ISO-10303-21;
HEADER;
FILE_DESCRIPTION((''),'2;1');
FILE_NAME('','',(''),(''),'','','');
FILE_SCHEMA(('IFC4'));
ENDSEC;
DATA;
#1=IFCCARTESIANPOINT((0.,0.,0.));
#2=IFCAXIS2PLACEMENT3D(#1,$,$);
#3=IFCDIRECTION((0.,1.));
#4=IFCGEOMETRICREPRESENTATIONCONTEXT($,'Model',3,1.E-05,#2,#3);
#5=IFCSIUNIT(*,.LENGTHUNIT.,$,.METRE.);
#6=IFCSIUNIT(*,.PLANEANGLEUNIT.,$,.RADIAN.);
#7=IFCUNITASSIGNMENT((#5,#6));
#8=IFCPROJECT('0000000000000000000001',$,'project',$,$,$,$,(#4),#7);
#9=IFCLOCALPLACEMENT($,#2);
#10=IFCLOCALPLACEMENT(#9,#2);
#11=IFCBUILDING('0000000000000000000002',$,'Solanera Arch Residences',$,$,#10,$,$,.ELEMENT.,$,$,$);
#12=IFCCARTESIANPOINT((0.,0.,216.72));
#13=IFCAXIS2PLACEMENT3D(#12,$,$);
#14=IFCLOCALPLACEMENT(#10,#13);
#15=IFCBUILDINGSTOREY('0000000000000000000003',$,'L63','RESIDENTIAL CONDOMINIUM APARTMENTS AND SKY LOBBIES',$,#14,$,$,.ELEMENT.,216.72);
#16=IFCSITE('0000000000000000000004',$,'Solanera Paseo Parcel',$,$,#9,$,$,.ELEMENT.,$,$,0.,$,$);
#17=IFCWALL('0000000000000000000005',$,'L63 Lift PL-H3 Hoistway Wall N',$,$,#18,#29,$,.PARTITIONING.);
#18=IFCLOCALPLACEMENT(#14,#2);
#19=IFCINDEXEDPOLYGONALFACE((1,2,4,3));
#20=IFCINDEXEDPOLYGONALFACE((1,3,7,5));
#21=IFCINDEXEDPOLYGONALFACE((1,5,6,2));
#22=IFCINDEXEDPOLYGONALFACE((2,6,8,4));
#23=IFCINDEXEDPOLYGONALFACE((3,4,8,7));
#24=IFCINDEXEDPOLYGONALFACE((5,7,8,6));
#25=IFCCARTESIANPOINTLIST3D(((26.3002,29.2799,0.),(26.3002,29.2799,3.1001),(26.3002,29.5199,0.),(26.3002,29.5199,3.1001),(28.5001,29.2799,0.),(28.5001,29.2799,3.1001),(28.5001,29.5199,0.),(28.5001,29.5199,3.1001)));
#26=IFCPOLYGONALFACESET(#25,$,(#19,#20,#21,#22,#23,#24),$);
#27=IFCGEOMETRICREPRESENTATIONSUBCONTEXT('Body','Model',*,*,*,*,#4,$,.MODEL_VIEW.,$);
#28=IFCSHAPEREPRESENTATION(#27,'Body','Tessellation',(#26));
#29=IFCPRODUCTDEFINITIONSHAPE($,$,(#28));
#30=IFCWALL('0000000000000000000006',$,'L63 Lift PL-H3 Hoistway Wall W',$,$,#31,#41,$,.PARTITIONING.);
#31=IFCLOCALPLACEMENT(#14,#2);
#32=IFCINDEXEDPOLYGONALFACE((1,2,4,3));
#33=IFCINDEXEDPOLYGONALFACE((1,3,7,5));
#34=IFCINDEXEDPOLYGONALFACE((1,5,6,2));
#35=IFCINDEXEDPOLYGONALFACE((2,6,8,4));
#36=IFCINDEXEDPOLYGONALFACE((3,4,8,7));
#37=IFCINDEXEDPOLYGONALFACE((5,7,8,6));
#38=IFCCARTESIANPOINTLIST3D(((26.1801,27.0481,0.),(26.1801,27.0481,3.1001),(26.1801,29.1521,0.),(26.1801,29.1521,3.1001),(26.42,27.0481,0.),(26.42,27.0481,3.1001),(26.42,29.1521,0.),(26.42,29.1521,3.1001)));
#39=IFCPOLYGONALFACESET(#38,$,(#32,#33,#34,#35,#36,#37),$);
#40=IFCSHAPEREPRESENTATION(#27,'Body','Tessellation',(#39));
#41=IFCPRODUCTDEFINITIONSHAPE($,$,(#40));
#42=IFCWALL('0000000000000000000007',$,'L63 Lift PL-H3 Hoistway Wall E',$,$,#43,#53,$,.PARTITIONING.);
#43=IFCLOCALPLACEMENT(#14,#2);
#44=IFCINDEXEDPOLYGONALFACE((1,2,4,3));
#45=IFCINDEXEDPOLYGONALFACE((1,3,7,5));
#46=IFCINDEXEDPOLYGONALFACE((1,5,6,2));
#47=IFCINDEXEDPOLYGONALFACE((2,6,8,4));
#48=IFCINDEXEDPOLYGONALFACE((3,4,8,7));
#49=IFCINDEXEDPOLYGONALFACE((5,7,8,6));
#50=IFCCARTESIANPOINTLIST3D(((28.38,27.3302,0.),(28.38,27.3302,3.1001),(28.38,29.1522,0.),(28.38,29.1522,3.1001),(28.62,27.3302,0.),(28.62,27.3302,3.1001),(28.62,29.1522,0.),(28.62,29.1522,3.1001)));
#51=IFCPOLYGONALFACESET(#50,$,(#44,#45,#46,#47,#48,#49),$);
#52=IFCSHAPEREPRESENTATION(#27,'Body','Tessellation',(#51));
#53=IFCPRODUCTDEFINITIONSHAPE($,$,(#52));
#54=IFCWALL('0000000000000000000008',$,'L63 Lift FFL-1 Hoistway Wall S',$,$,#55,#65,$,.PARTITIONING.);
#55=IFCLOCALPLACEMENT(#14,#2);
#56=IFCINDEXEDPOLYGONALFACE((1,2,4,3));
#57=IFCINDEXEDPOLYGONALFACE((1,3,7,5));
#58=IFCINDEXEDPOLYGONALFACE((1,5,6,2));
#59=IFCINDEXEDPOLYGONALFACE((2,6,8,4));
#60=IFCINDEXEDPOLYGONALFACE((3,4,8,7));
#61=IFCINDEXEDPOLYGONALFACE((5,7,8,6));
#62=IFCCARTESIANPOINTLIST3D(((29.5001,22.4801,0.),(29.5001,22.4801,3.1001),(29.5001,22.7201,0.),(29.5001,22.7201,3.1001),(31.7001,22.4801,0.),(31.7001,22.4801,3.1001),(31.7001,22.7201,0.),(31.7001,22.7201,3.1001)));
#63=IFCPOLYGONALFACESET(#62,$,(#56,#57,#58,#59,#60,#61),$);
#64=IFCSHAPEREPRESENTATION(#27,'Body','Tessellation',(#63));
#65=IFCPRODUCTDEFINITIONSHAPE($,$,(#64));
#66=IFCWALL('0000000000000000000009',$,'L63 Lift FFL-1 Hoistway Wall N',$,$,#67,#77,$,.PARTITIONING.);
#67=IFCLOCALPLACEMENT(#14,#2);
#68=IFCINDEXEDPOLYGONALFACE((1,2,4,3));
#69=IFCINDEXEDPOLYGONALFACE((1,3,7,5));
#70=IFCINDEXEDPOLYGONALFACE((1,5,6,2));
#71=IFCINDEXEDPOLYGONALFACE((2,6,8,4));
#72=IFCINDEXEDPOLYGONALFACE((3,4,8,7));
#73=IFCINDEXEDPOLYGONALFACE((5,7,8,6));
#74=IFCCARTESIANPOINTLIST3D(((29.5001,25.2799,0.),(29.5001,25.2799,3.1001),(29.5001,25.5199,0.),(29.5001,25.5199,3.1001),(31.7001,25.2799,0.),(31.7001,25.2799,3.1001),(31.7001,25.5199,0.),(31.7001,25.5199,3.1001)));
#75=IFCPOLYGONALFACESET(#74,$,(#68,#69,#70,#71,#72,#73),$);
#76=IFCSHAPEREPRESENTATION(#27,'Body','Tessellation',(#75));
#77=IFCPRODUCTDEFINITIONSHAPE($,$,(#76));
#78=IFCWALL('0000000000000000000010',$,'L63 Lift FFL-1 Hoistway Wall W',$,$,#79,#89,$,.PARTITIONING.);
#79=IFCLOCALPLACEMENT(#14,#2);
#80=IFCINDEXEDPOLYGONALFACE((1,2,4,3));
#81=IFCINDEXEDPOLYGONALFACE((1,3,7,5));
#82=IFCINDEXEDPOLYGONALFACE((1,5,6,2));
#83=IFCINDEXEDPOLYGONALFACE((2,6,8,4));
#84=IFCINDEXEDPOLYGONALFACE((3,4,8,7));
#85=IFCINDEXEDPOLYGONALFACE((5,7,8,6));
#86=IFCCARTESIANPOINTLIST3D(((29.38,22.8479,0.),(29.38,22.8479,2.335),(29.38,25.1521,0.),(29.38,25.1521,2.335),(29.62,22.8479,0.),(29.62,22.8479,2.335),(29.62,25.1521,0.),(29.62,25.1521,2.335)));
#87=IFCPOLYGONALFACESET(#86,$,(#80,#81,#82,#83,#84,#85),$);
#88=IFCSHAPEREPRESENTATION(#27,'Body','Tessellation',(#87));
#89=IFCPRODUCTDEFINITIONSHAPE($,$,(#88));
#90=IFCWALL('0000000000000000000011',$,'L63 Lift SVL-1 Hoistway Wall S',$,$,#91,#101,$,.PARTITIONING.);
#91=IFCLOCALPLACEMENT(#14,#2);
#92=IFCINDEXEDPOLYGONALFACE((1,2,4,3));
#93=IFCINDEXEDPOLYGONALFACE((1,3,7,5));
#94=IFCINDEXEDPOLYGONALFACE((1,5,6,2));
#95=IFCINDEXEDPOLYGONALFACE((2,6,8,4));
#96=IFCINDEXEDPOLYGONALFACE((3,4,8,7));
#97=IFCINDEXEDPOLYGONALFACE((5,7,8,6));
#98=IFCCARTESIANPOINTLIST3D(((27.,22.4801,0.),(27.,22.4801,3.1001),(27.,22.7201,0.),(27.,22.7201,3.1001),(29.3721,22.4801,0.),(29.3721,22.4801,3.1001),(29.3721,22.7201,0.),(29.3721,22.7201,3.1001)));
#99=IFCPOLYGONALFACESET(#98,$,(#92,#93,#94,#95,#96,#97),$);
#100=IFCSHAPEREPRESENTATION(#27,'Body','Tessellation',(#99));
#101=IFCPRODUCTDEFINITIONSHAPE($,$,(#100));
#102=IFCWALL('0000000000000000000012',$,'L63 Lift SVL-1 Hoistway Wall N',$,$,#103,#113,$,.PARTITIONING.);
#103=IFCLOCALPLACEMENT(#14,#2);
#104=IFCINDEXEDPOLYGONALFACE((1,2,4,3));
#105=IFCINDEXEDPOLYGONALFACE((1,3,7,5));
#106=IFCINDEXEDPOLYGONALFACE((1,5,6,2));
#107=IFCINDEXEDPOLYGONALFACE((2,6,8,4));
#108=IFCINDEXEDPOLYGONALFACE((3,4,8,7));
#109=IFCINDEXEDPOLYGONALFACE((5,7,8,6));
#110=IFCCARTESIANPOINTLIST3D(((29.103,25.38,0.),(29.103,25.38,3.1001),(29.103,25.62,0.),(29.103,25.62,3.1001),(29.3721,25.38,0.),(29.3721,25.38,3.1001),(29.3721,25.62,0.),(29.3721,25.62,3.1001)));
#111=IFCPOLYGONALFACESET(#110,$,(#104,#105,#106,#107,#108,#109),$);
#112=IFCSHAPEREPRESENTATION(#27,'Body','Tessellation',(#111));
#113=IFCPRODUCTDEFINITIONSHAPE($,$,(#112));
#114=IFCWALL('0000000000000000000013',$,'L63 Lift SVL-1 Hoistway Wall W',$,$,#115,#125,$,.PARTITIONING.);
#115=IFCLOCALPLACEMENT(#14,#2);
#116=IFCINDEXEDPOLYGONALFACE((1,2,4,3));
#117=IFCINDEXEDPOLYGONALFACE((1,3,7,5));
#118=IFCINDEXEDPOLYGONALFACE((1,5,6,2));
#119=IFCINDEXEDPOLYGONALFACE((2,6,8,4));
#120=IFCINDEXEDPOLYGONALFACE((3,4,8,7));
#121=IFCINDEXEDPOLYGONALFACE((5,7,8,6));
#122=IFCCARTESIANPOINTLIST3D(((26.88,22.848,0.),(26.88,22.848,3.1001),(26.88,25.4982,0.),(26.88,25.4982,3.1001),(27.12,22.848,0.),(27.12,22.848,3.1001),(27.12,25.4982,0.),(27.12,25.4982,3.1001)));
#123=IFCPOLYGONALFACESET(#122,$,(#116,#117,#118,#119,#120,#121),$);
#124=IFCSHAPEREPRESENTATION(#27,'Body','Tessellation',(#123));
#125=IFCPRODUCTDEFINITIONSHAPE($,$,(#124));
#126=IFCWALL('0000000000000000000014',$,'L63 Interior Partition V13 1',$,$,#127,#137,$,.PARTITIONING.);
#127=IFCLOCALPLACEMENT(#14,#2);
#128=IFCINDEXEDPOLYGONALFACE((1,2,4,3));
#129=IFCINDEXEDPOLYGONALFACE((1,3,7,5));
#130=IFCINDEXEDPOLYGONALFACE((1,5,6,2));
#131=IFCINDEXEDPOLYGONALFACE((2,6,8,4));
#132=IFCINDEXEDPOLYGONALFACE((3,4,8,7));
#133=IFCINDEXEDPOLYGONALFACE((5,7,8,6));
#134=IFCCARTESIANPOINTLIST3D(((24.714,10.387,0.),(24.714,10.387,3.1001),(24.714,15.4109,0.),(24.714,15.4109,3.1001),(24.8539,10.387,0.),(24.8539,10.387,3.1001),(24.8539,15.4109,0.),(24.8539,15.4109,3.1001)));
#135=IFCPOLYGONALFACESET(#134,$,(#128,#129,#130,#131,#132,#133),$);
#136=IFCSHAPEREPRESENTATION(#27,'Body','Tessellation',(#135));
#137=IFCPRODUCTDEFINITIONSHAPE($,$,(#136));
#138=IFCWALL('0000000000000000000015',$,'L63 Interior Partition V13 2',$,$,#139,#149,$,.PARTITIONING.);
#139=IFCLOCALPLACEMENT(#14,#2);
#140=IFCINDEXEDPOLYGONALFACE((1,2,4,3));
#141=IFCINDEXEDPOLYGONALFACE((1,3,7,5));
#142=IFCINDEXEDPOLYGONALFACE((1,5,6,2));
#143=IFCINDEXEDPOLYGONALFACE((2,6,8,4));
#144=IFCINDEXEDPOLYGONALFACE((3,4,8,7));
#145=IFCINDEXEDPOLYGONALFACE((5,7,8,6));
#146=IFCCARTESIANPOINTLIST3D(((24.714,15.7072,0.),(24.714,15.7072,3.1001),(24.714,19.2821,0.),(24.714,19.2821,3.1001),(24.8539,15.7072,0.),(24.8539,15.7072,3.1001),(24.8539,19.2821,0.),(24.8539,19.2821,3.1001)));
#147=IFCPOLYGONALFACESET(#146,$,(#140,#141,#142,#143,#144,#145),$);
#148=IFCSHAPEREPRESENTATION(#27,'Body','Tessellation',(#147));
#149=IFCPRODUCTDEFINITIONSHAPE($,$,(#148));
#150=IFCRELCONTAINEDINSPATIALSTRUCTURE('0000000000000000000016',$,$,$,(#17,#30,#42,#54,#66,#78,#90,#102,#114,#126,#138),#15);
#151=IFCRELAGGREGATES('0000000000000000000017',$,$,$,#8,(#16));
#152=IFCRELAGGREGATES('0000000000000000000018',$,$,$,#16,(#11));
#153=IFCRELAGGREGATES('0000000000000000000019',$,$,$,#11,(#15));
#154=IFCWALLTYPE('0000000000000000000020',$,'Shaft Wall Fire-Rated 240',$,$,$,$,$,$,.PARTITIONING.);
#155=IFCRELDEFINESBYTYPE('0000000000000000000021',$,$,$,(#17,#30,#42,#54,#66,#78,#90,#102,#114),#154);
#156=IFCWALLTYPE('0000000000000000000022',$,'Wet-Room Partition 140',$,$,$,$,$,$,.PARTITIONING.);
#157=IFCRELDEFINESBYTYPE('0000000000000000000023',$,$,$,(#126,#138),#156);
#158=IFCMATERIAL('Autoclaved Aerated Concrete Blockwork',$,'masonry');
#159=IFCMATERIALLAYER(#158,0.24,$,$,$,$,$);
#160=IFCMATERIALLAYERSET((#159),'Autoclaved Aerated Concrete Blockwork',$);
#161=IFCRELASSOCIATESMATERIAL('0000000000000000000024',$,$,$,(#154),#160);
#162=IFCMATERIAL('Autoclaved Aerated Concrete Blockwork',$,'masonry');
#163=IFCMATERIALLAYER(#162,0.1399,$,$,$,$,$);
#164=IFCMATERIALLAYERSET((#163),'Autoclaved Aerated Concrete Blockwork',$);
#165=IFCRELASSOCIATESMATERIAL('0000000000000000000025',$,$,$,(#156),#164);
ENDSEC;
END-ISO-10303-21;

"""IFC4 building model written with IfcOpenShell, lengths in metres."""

from ifc_helpers import new_model, si_unit, direction, frame, frame_2d, origin, place, context, subcontext, project, spatial, rectangle, extrude, material, layer, layer_set, type_object, element, save


model = new_model("IFC4")

# Units and contexts
model_context = context("Model", 3, precision=1e-05, world=origin(), true_north=direction((0.0, 1.0)))
body_context = subcontext(model_context, "Body", "Model", "MODEL_VIEW")
ifc_project = project(units=[si_unit("LENGTHUNIT", "METRE"), si_unit("PLANEANGLEUNIT", "RADIAN")], contexts=[model_context])

# Site, building, storey
site_placement = place(None, origin())
site = spatial("IfcSite", under=ifc_project, at=site_placement, Name="Solanera Paseo Parcel", CompositionType="ELEMENT", RefElevation=0.0)
building_placement = place(site_placement, origin())
building = spatial("IfcBuilding", under=site, at=building_placement, Name="Solanera Arch Residences", CompositionType="ELEMENT")
storey_placement = place(building_placement, frame((0.0, 0.0, 216.72)))
storey = spatial("IfcBuildingStorey", under=building, at=storey_placement, Name="L63", Description="RESIDENTIAL CONDOMINIUM APARTMENTS AND SKY LOBBIES", CompositionType="ELEMENT", Elevation=216.72)

# Walls
ifc_material_1 = material(Name="Autoclaved Aerated Concrete Blockwork", Category="masonry")
ifc_layer_1 = layer(ifc_material_1, 0.24)
ifc_layer_set_1 = layer_set([ifc_layer_1], Name="Autoclaved Aerated Concrete Blockwork")
wall_type_1 = type_object("IfcWallType", Name="Shaft Wall Fire-Rated 240", PredefinedType="PARTITIONING", material=ifc_layer_set_1)
wall_1_placement = place(storey_placement, frame((26.3, 29.3999, 0.0), z_axis=(0.0, 0.0, 1.0), x_axis=(1.0, 0.0, 0.0)))
element("IfcWall", 1, at=wall_1_placement, inside=storey, type_object=wall_type_1, Name="L63 Lift PL-H3 Hoistway Wall N", PredefinedType="PARTITIONING", context=body_context, shape_type="SweptSolid", body=[
    extrude(rectangle(XDim=2.2, YDim=0.24, at=frame_2d((1.1001, 0.0))), origin(), (0.0, 0.0, 1.0), 3.1001),
])
wall_2_placement = place(storey_placement, frame((26.3, 27.0481, 0.0), z_axis=(0.0, 0.0, 1.0), x_axis=(0.0, 1.0, 0.0)))
element("IfcWall", 2, at=wall_2_placement, inside=storey, type_object=wall_type_1, Name="L63 Lift PL-H3 Hoistway Wall W", PredefinedType="PARTITIONING", context=body_context, shape_type="SweptSolid", body=[
    extrude(rectangle(XDim=2.104, YDim=0.24, at=frame_2d((1.052, 0.0))), origin(), (0.0, 0.0, 1.0), 3.1001),
])
wall_3_placement = place(storey_placement, frame((28.5, 27.3301, 0.0), z_axis=(0.0, 0.0, 1.0), x_axis=(0.0, 1.0, 0.0)))
element("IfcWall", 3, at=wall_3_placement, inside=storey, type_object=wall_type_1, Name="L63 Lift PL-H3 Hoistway Wall E", PredefinedType="PARTITIONING", context=body_context, shape_type="SweptSolid", body=[
    extrude(rectangle(XDim=1.822, YDim=0.24, at=frame_2d((0.9111, 0.0))), origin(), (0.0, 0.0, 1.0), 3.1001),
])
for number, where, z_axis, x_axis, name in (
    (4, (29.5, 22.6001, 0.0), (0.0, 0.0, 1.0), (1.0, 0.0, 0.0), "L63 Lift FFL-1 Hoistway Wall S"),
    (5, (29.5, 25.3999, 0.0), (0.0, 0.0, 1.0), (1.0, 0.0, 0.0), "L63 Lift FFL-1 Hoistway Wall N"),
):
    element("IfcWall", number, at=place(storey_placement, frame(where, z_axis=z_axis, x_axis=x_axis)), inside=storey, type_object=wall_type_1, Name=name, PredefinedType="PARTITIONING", context=body_context, shape_type="SweptSolid", body=[
        extrude(rectangle(XDim=2.2, YDim=0.24, at=frame_2d((1.1001, 0.0))), origin(), (0.0, 0.0, 1.0), 3.1001),
    ])
wall_4_placement = place(storey_placement, frame((29.5, 22.8479, 0.0), z_axis=(0.0, 0.0, 1.0), x_axis=(0.0, 1.0, 0.0)))
element("IfcWall", 6, at=wall_4_placement, inside=storey, type_object=wall_type_1, Name="L63 Lift FFL-1 Hoistway Wall W", PredefinedType="PARTITIONING", context=body_context, shape_type="SweptSolid", body=[
    extrude(rectangle(XDim=2.3042, YDim=0.24, at=frame_2d((1.1521, 0.0))), origin(), (0.0, 0.0, 1.0), 2.335),
])
wall_5_placement = place(storey_placement, frame((27.0, 22.6001, 0.0), z_axis=(0.0, 0.0, 1.0), x_axis=(1.0, 0.0, 0.0)))
element("IfcWall", 7, at=wall_5_placement, inside=storey, type_object=wall_type_1, Name="L63 Lift SVL-1 Hoistway Wall S", PredefinedType="PARTITIONING", context=body_context, shape_type="SweptSolid", body=[
    extrude(rectangle(XDim=2.3721, YDim=0.24, at=frame_2d((1.186, 0.0))), origin(), (0.0, 0.0, 1.0), 3.1001),
])
wall_6_placement = place(storey_placement, frame((29.103, 25.5, 0.0), z_axis=(0.0, 0.0, 1.0), x_axis=(1.0, 0.0, 0.0)))
element("IfcWall", 8, at=wall_6_placement, inside=storey, type_object=wall_type_1, Name="L63 Lift SVL-1 Hoistway Wall N", PredefinedType="PARTITIONING", context=body_context, shape_type="SweptSolid", body=[
    extrude(rectangle(XDim=0.269, YDim=0.24, at=frame_2d((0.1345, 0.0))), origin(), (0.0, 0.0, 1.0), 3.1001),
])
wall_7_placement = place(storey_placement, frame((27.0, 22.8479, 0.0), z_axis=(0.0, 0.0, 1.0), x_axis=(0.0, 1.0, 0.0)))
element("IfcWall", 9, at=wall_7_placement, inside=storey, type_object=wall_type_1, Name="L63 Lift SVL-1 Hoistway Wall W", PredefinedType="PARTITIONING", context=body_context, shape_type="SweptSolid", body=[
    extrude(rectangle(XDim=2.6501, YDim=0.24, at=frame_2d((1.3252, 0.0))), origin(), (0.0, 0.0, 1.0), 3.1001),
])
ifc_material_2 = material(Name="Autoclaved Aerated Concrete Blockwork", Category="masonry")
ifc_layer_2 = layer(ifc_material_2, 0.1399)
ifc_layer_set_2 = layer_set([ifc_layer_2], Name="Autoclaved Aerated Concrete Blockwork")
wall_type_2 = type_object("IfcWallType", Name="Wet-Room Partition 140", PredefinedType="PARTITIONING", material=ifc_layer_set_2)
wall_8_placement = place(storey_placement, frame((24.7839, 10.387, 0.0), z_axis=(0.0, 0.0, 1.0), x_axis=(0.0, 1.0, 0.0)))
element("IfcWall", 10, at=wall_8_placement, inside=storey, type_object=wall_type_2, Name="L63 Interior Partition V13 1", PredefinedType="PARTITIONING", context=body_context, shape_type="SweptSolid", body=[
    extrude(rectangle(XDim=5.0239, YDim=0.1399, at=frame_2d((2.512, 0.0))), origin(), (0.0, 0.0, 1.0), 3.1001),
])
wall_9_placement = place(storey_placement, frame((24.7839, 15.707, 0.0), z_axis=(0.0, 0.0, 1.0), x_axis=(0.0, 1.0, 0.0)))
element("IfcWall", 11, at=wall_9_placement, inside=storey, type_object=wall_type_2, Name="L63 Interior Partition V13 2", PredefinedType="PARTITIONING", context=body_context, shape_type="SweptSolid", body=[
    extrude(rectangle(XDim=3.575, YDim=0.1399, at=frame_2d((1.7876, 0.0))), origin(), (0.0, 0.0, 1.0), 3.1001),
])

save(model, "model.ifc")
